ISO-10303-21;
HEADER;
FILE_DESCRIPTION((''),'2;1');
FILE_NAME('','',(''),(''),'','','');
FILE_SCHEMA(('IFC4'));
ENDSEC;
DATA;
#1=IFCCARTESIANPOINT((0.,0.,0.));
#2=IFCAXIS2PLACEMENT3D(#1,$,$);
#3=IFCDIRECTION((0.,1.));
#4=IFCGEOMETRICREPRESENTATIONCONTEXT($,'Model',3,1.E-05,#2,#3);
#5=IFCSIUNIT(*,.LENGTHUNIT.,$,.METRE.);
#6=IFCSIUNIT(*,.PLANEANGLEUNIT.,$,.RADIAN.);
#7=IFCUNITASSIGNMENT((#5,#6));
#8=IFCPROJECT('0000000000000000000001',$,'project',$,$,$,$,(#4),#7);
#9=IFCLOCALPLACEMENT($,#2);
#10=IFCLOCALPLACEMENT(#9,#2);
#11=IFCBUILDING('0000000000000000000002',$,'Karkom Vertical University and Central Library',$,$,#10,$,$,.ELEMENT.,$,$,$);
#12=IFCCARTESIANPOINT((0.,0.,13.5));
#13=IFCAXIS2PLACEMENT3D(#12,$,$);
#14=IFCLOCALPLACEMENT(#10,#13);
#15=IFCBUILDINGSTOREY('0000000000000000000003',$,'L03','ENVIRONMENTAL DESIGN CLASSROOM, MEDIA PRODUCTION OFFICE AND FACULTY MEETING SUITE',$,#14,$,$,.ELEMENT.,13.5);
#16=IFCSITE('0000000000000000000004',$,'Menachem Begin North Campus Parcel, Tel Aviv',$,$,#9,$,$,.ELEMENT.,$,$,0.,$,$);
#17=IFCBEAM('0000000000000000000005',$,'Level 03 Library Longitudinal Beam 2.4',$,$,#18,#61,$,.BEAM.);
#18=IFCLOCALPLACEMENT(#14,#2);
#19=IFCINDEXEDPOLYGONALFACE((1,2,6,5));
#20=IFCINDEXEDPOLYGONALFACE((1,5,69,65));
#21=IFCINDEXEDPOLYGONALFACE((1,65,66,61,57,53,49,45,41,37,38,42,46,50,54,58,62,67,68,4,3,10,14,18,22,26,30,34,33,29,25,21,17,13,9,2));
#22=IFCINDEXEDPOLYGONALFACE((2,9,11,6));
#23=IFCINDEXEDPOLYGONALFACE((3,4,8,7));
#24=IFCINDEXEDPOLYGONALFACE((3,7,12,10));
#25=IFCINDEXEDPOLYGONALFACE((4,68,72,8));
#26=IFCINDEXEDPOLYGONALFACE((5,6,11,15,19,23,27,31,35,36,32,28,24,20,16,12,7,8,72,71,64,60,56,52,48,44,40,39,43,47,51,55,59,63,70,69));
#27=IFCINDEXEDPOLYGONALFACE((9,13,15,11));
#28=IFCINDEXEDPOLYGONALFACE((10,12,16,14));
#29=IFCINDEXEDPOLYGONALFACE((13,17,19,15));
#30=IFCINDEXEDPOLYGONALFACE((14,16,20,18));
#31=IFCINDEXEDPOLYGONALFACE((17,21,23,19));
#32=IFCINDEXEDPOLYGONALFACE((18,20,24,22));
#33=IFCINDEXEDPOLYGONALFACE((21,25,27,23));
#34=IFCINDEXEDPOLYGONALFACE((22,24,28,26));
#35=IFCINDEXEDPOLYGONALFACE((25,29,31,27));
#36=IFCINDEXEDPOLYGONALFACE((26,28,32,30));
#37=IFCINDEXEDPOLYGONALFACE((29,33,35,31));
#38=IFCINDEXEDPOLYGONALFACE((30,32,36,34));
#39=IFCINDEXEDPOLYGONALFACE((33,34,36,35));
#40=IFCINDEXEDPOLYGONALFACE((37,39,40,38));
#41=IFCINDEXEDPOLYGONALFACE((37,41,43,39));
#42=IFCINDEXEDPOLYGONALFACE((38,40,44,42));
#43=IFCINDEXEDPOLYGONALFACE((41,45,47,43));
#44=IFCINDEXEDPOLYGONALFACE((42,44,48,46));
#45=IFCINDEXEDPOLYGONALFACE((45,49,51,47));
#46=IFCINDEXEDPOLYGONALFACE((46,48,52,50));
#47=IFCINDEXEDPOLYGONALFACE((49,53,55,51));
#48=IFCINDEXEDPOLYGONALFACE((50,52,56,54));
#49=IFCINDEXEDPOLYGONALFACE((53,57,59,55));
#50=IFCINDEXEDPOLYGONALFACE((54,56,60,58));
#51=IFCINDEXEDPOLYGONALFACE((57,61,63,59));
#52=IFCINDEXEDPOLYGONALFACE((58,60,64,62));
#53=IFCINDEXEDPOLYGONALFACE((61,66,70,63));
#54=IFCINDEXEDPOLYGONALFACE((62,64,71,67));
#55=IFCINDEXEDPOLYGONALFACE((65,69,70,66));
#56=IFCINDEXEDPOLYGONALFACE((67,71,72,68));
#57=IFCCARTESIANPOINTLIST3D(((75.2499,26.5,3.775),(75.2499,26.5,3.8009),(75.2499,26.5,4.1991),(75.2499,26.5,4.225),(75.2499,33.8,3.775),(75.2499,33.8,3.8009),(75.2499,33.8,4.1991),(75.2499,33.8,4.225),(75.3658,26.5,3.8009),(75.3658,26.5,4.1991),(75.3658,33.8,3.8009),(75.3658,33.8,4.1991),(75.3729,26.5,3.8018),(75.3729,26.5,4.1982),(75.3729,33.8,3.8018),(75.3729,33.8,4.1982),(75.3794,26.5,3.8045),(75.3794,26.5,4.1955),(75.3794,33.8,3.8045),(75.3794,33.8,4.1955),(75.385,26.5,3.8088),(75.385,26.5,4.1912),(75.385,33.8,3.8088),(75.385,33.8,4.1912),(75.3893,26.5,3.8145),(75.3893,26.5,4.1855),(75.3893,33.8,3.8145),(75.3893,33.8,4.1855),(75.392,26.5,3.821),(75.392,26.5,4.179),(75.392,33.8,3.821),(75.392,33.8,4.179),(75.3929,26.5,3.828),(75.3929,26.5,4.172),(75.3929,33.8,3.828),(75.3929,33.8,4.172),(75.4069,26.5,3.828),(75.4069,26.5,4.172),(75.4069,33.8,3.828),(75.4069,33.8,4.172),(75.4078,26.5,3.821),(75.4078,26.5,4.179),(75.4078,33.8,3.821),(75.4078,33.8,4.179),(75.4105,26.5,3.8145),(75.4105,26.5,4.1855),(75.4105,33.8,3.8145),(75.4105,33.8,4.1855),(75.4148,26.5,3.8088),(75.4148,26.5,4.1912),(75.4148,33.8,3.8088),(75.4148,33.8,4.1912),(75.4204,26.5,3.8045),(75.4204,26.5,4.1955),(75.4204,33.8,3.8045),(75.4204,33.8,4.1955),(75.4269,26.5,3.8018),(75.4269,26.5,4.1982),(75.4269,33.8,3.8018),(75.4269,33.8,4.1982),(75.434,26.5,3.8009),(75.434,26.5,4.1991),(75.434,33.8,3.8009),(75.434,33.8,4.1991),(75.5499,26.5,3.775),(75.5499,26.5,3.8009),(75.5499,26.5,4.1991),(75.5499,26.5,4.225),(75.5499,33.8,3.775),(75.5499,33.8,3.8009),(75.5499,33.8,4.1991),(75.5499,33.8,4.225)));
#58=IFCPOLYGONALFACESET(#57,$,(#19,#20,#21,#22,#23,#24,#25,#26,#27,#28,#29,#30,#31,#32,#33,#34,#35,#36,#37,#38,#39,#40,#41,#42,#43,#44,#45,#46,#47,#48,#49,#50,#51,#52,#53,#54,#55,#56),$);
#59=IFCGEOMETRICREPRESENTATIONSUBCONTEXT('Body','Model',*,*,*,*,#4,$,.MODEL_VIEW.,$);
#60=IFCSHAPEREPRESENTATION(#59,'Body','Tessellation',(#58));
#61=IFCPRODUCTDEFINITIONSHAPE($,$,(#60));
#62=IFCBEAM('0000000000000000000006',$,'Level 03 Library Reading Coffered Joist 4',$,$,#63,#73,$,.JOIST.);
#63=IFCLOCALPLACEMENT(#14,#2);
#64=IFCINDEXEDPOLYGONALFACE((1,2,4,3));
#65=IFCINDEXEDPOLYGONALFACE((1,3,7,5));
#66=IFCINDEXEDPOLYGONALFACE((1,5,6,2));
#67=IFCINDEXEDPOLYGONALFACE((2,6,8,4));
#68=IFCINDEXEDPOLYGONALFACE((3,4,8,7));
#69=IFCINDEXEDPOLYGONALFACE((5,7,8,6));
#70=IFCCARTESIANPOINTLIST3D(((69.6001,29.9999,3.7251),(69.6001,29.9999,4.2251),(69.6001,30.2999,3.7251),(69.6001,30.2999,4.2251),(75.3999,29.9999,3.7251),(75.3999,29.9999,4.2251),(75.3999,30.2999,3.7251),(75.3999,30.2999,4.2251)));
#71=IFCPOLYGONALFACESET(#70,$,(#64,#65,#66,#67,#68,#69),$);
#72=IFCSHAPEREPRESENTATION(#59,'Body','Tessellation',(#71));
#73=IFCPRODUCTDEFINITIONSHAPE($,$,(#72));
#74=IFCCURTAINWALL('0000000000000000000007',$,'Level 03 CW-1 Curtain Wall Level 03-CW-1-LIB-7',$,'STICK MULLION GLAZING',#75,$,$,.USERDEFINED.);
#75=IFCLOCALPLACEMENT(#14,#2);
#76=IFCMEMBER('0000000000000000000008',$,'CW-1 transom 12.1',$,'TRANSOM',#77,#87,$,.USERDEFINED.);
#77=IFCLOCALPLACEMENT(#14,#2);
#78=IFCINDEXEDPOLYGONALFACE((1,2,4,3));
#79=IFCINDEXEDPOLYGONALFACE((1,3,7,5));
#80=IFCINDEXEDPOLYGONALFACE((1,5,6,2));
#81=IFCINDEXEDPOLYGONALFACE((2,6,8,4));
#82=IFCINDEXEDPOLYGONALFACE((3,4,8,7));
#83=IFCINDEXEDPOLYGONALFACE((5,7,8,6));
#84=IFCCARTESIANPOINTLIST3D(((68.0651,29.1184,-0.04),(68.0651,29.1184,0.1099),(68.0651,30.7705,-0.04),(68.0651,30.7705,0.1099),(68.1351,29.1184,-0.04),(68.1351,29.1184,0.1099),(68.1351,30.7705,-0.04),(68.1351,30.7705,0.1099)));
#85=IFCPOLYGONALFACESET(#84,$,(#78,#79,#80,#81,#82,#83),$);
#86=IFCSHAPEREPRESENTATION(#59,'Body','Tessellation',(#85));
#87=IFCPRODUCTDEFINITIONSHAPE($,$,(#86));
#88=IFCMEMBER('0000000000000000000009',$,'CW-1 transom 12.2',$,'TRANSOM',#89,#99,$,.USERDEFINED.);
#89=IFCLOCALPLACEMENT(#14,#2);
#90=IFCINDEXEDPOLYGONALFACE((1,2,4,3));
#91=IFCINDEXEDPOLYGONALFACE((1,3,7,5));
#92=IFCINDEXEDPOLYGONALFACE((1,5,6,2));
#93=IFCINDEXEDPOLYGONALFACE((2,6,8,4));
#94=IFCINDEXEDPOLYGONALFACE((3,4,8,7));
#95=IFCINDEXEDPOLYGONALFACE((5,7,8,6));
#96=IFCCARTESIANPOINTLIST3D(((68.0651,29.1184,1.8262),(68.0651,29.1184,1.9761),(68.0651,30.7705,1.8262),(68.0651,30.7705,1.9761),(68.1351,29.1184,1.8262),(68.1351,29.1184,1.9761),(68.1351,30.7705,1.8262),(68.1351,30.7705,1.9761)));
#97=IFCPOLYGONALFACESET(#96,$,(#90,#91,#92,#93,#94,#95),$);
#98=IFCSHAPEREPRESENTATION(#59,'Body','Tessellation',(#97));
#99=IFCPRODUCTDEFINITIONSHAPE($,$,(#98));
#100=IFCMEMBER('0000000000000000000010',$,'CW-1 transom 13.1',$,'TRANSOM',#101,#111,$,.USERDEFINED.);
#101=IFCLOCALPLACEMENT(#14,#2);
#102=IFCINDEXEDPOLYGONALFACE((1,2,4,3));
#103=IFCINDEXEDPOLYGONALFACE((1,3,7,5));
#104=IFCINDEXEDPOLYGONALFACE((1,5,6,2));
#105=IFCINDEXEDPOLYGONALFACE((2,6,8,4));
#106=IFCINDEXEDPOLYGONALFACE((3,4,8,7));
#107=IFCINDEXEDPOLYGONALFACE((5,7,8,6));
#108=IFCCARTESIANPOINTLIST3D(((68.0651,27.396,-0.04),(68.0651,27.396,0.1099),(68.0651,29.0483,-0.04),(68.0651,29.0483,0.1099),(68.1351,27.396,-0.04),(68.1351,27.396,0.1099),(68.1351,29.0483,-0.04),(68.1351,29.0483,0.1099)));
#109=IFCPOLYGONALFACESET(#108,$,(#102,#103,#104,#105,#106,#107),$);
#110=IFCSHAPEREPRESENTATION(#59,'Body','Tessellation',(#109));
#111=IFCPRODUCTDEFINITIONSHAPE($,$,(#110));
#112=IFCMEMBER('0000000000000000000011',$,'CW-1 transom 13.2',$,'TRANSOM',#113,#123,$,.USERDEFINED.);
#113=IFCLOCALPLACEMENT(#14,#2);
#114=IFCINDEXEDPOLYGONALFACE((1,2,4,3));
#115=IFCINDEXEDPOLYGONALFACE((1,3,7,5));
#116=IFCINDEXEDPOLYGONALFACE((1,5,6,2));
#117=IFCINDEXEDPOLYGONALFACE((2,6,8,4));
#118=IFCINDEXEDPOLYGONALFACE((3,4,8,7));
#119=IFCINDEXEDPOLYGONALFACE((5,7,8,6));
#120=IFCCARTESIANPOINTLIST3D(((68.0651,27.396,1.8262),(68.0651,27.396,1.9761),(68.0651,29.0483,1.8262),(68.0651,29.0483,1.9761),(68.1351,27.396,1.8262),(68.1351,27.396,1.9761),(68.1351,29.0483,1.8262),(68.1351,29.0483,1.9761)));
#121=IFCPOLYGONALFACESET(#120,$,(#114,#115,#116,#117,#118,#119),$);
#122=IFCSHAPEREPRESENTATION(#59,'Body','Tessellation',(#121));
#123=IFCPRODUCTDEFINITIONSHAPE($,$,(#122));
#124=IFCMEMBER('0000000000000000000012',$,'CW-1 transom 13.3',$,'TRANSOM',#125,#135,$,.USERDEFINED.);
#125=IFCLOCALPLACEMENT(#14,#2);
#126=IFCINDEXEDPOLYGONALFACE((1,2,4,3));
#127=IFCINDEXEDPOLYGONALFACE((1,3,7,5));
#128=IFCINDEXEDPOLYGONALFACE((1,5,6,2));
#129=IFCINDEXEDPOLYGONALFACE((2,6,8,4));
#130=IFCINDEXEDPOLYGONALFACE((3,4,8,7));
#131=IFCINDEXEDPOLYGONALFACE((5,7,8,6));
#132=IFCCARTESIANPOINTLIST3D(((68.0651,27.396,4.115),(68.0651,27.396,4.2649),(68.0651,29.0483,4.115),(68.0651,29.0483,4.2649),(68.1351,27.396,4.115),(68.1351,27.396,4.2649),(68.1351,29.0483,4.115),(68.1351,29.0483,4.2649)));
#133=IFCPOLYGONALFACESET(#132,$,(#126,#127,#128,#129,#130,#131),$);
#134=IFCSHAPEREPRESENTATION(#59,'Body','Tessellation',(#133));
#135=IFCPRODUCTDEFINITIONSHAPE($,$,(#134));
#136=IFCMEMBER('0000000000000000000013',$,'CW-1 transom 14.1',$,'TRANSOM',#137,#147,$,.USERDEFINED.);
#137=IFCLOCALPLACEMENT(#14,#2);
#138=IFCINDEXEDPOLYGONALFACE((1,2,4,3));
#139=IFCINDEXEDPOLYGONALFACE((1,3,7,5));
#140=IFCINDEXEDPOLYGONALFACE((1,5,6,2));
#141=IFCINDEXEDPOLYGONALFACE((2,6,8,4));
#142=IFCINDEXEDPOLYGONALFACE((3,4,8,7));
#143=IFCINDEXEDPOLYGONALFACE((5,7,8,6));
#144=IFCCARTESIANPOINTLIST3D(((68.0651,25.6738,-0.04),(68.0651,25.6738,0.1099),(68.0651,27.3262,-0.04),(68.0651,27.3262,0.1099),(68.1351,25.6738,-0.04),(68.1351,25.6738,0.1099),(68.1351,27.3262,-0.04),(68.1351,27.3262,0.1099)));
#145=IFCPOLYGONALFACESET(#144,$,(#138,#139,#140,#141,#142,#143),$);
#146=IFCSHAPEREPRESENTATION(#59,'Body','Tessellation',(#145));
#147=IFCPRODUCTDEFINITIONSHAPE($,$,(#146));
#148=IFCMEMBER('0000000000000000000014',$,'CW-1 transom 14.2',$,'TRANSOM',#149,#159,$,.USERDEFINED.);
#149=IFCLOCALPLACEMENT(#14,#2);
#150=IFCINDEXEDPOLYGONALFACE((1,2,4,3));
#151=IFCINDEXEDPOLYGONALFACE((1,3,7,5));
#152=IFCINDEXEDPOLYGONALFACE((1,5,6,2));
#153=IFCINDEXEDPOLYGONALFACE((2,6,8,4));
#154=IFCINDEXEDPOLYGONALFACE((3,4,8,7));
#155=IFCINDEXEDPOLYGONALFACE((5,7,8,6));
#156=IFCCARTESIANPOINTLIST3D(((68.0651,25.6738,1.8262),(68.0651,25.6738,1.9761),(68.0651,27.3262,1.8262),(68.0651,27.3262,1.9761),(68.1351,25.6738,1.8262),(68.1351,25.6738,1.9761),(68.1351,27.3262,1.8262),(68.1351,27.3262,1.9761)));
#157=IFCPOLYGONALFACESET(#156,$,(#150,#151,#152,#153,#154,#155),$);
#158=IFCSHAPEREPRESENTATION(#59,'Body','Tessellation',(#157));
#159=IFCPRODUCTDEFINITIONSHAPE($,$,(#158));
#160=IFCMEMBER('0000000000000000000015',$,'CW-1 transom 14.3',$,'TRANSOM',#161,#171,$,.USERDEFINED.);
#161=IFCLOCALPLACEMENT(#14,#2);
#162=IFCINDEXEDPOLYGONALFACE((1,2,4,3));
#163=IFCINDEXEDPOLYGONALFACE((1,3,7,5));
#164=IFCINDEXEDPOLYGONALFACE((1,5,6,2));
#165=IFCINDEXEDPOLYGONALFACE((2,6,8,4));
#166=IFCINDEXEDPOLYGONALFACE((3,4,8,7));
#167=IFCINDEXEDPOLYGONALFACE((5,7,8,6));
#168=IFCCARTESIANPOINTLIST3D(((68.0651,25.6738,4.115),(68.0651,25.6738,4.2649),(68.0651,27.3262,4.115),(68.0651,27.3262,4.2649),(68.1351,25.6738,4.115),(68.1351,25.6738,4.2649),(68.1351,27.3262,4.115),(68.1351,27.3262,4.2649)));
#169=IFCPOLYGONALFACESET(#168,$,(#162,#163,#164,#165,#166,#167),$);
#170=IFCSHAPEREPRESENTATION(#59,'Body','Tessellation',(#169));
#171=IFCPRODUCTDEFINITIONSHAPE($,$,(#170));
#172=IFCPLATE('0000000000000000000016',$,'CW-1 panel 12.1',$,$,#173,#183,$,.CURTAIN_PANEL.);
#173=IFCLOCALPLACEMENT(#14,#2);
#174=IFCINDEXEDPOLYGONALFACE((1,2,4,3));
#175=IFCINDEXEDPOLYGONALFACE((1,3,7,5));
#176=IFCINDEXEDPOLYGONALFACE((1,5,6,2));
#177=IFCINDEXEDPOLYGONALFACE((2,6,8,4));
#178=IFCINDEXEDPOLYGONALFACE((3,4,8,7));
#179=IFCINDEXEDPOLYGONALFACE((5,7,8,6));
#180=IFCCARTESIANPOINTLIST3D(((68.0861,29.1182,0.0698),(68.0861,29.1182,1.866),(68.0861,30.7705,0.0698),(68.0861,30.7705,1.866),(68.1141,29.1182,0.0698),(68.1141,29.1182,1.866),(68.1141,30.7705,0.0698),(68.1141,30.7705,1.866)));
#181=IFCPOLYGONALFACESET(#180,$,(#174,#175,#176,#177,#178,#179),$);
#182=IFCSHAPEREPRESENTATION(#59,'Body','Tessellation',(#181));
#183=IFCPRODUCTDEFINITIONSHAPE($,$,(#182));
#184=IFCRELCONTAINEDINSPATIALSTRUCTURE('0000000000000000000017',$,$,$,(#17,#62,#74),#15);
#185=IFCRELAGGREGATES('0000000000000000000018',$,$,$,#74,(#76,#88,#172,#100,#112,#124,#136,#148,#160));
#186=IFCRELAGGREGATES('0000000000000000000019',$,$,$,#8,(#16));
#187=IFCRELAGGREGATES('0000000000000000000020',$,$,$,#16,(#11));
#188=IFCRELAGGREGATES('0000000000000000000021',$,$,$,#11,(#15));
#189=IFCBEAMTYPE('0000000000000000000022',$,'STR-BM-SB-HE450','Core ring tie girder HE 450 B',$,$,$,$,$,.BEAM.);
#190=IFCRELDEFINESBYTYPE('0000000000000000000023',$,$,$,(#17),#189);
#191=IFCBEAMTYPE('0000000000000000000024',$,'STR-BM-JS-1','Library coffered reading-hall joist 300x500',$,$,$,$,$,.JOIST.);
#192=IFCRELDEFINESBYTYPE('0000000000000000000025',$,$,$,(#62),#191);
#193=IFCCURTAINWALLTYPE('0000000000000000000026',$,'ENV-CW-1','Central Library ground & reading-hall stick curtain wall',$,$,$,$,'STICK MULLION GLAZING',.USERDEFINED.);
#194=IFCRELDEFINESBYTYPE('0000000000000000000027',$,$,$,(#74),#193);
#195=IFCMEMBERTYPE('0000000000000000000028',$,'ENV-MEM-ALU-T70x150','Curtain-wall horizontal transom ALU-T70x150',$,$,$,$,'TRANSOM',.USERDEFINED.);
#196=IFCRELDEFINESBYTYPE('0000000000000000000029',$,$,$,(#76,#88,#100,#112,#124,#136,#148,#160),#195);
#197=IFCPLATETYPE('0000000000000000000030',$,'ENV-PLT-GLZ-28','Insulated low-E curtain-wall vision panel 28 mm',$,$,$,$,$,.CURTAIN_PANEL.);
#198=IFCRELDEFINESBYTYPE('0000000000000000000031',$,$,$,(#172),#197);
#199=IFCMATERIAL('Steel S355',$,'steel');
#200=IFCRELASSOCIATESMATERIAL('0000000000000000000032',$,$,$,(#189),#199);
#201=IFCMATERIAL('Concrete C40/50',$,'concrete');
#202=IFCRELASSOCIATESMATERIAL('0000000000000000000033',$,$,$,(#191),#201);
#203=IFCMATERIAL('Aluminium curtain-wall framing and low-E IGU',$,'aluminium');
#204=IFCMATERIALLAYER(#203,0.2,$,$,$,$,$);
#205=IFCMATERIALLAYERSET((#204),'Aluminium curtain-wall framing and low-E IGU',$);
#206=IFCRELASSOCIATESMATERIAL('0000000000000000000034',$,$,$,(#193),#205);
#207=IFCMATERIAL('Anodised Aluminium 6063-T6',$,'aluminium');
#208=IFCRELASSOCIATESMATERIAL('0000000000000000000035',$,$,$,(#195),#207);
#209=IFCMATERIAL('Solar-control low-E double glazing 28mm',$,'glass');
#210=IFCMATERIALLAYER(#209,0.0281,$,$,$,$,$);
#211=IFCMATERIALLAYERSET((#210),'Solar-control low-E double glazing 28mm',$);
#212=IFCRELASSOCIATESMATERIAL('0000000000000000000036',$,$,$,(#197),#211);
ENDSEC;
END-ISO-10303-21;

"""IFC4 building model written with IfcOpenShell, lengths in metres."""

from ifc_helpers import new_model, si_unit, direction, frame, origin, origin_with_axes, origin_2d, place, context, subcontext, project, spatial, rectangle, i_section, extrude, source, transform, mapped, material, layer, layer_set, material_profile, profile_set, type_object, element, aggregate, save


model = new_model("IFC4")

# Units and contexts
model_context = context("Model", 3, precision=1e-05, world=origin(), true_north=direction((0.0, 1.0)))
body_context = subcontext(model_context, "Body", "Model", "MODEL_VIEW")
ifc_project = project(units=[si_unit("LENGTHUNIT", "METRE"), si_unit("PLANEANGLEUNIT", "RADIAN")], contexts=[model_context])

# Site, building, storey
site_placement = place(None, origin())
site = spatial("IfcSite", under=ifc_project, at=site_placement, Name="Menachem Begin North Campus Parcel, Tel Aviv", CompositionType="ELEMENT", RefElevation=0.0)
building_placement = place(site_placement, origin())
building = spatial("IfcBuilding", under=site, at=building_placement, Name="Karkom Vertical University and Central Library", CompositionType="ELEMENT")
storey_placement = place(building_placement, frame((0.0, 0.0, 13.5)))
storey = spatial("IfcBuildingStorey", under=building, at=storey_placement, Name="L03", Description="ENVIRONMENTAL DESIGN CLASSROOM, MEDIA PRODUCTION OFFICE AND FACULTY MEETING SUITE", CompositionType="ELEMENT", Elevation=13.5)

# Shared definitions
ifc_material_1 = material(Name="Concrete C40/50", Category="concrete")

# Beams
ifc_material_2 = material(Name="Steel S355", Category="steel")
ifc_material_profile_1 = material_profile(ifc_material_2, i_section(OverallWidth=0.3, OverallDepth=0.45, WebThickness=0.0139, FlangeThickness=0.0259, FilletRadius=0.0271, at=origin_2d()), Name="HE 450 B")
ifc_profile_set_1 = profile_set([ifc_material_profile_1], Name="Steel S355")
beam_type_1 = type_object("IfcBeamType", Name="STR-BM-SB-HE450", Description="Core ring tie girder HE 450 B", PredefinedType="BEAM", material=ifc_profile_set_1)
shared_shape_1 = source(origin_with_axes(), body_context, "Body", "SweptSolid", [
    extrude(i_section(OverallWidth=0.3, OverallDepth=0.45, WebThickness=0.0139, FlangeThickness=0.0259, FilletRadius=0.0271, at=origin_2d()), origin(), (0.0, 0.0, 1.0), 7.3),
])
for number, where, z_axis, x_axis, name in (
    (1, (75.3999, 26.5, 4.0), (0.0, 1.0, 0.0), (-1.0, 0.0, 0.0), "Level 03 Library Longitudinal Beam 2.4"),
):
    element("IfcBeam", number, at=place(storey_placement, frame(where, z_axis=z_axis, x_axis=x_axis)), inside=storey, type_object=beam_type_1, Name=name, PredefinedType="BEAM", context=body_context, shape_type="MappedRepresentation", body=[
        mapped(shared_shape_1, transform((0.0, 0.0, 0.0), scale=1.0)),
    ])
ifc_material_profile_2 = material_profile(ifc_material_1, rectangle(XDim=0.3, YDim=0.5, at=origin_2d()), Name="RCJ-300x500")
ifc_profile_set_2 = profile_set([ifc_material_profile_2], Name="Concrete C40/50")
beam_type_2 = type_object("IfcBeamType", Name="STR-BM-JS-1", Description="Library coffered reading-hall joist 300x500", PredefinedType="JOIST", material=ifc_profile_set_2)
shared_shape_2 = source(origin_with_axes(), body_context, "Body", "SweptSolid", [
    extrude(rectangle(XDim=0.3, YDim=0.5, at=origin_2d()), origin(), (0.0, 0.0, 1.0), 5.7998),
])
beam_1_placement = place(storey_placement, frame((69.6001, 30.1499, 3.9751), z_axis=(1.0, 0.0, 0.0), x_axis=(0.0, 1.0, 0.0)))
element("IfcBeam", 2, at=beam_1_placement, inside=storey, type_object=beam_type_2, Name="Level 03 Library Reading Coffered Joist 4", PredefinedType="JOIST", context=body_context, shape_type="MappedRepresentation", body=[
    mapped(shared_shape_2, transform((0.0, 0.0, 0.0), scale=1.0)),
])

# Curtain wall, members, plate
ifc_material_3 = material(Name="Aluminium curtain-wall framing and low-E IGU", Category="aluminium")
ifc_layer_1 = layer(ifc_material_3, 0.2)
ifc_layer_set_1 = layer_set([ifc_layer_1], Name="Aluminium curtain-wall framing and low-E IGU")
curtain_wall_type = type_object("IfcCurtainWallType", Name="ENV-CW-1", Description="Central Library ground & reading-hall stick curtain wall", ElementType="STICK MULLION GLAZING", PredefinedType="USERDEFINED", material=ifc_layer_set_1)
curtain_wall_placement = place(storey_placement, origin())
curtain_wall = element("IfcCurtainWall", 3, at=curtain_wall_placement, inside=storey, type_object=curtain_wall_type, Name="Level 03 CW-1 Curtain Wall Level 03-CW-1-LIB-7", ObjectType="STICK MULLION GLAZING", PredefinedType="USERDEFINED")
ifc_material_4 = material(Name="Anodised Aluminium 6063-T6", Category="aluminium")
ifc_material_profile_3 = material_profile(ifc_material_4, rectangle(XDim=0.0701, YDim=0.1499, at=origin_2d()), Name="ALU-T70x150")
ifc_profile_set_3 = profile_set([ifc_material_profile_3], Name="Anodised Aluminium 6063-T6")
member_type = type_object("IfcMemberType", Name="ENV-MEM-ALU-T70x150", Description="Curtain-wall horizontal transom ALU-T70x150", ElementType="TRANSOM", PredefinedType="USERDEFINED", material=ifc_profile_set_3)
shared_shape_3 = source(origin_with_axes(), body_context, "Body", "SweptSolid", [
    extrude(rectangle(XDim=0.0701, YDim=0.1499, at=origin_2d()), origin(), (0.0, 0.0, 1.0), 1.6521),
])
member_1_placement = place(storey_placement, frame((68.1001, 30.7705, 0.0349), z_axis=(0.0, -1.0, 0.0), x_axis=(1.0, 0.0, 0.0)))
member_1 = element("IfcMember", 4, at=member_1_placement, type_object=member_type, Name="CW-1 transom 12.1", ObjectType="TRANSOM", PredefinedType="USERDEFINED", context=body_context, shape_type="MappedRepresentation", body=[
    mapped(shared_shape_3, transform((0.0, 0.0, 0.0), scale=1.0)),
])
member_2_placement = place(storey_placement, frame((68.1001, 30.7705, 1.9011), z_axis=(0.0, -1.0, 0.0), x_axis=(1.0, 0.0, 0.0)))
member_2 = element("IfcMember", 5, at=member_2_placement, type_object=member_type, Name="CW-1 transom 12.2", ObjectType="TRANSOM", PredefinedType="USERDEFINED", context=body_context, shape_type="MappedRepresentation", body=[
    mapped(shared_shape_3, transform((0.0, 0.0, 0.0), scale=1.0)),
])
shared_shape_4 = source(origin_with_axes(), body_context, "Body", "SweptSolid", [
    extrude(rectangle(XDim=0.0701, YDim=0.1499, at=origin_2d()), origin(), (0.0, 0.0, 1.0), 1.6523),
])
member_3_placement = place(storey_placement, frame((68.1001, 29.0483, 0.0349), z_axis=(0.0, -1.0, 0.0), x_axis=(1.0, 0.0, 0.0)))
member_3 = element("IfcMember", 6, at=member_3_placement, type_object=member_type, Name="CW-1 transom 13.1", ObjectType="TRANSOM", PredefinedType="USERDEFINED", context=body_context, shape_type="MappedRepresentation", body=[
    mapped(shared_shape_4, transform((0.0, 0.0, 0.0), scale=1.0)),
])
member_4_placement = place(storey_placement, frame((68.1001, 29.0483, 1.9011), z_axis=(0.0, -1.0, 0.0), x_axis=(1.0, 0.0, 0.0)))
member_4 = element("IfcMember", 7, at=member_4_placement, type_object=member_type, Name="CW-1 transom 13.2", ObjectType="TRANSOM", PredefinedType="USERDEFINED", context=body_context, shape_type="MappedRepresentation", body=[
    mapped(shared_shape_4, transform((0.0, 0.0, 0.0), scale=1.0)),
])
member_5_placement = place(storey_placement, frame((68.1001, 29.0483, 4.1899), z_axis=(0.0, -1.0, 0.0), x_axis=(1.0, 0.0, 0.0)))
member_5 = element("IfcMember", 8, at=member_5_placement, type_object=member_type, Name="CW-1 transom 13.3", ObjectType="TRANSOM", PredefinedType="USERDEFINED", context=body_context, shape_type="MappedRepresentation", body=[
    mapped(shared_shape_4, transform((0.0, 0.0, 0.0), scale=1.0)),
])
member_6_placement = place(storey_placement, frame((68.1001, 27.3262, 0.0349), z_axis=(0.0, -1.0, 0.0), x_axis=(1.0, 0.0, 0.0)))
member_6 = element("IfcMember", 9, at=member_6_placement, type_object=member_type, Name="CW-1 transom 14.1", ObjectType="TRANSOM", PredefinedType="USERDEFINED", context=body_context, shape_type="MappedRepresentation", body=[
    mapped(shared_shape_4, transform((0.0, 0.0, 0.0), scale=1.0)),
])
member_7_placement = place(storey_placement, frame((68.1001, 27.3262, 1.9011), z_axis=(0.0, -1.0, 0.0), x_axis=(1.0, 0.0, 0.0)))
member_7 = element("IfcMember", 10, at=member_7_placement, type_object=member_type, Name="CW-1 transom 14.2", ObjectType="TRANSOM", PredefinedType="USERDEFINED", context=body_context, shape_type="MappedRepresentation", body=[
    mapped(shared_shape_4, transform((0.0, 0.0, 0.0), scale=1.0)),
])
member_8_placement = place(storey_placement, frame((68.1001, 27.3262, 4.1899), z_axis=(0.0, -1.0, 0.0), x_axis=(1.0, 0.0, 0.0)))
member_8 = element("IfcMember", 11, at=member_8_placement, type_object=member_type, Name="CW-1 transom 14.3", ObjectType="TRANSOM", PredefinedType="USERDEFINED", context=body_context, shape_type="MappedRepresentation", body=[
    mapped(shared_shape_4, transform((0.0, 0.0, 0.0), scale=1.0)),
])
ifc_material_5 = material(Name="Solar-control low-E double glazing 28mm", Category="glass")
ifc_layer_2 = layer(ifc_material_5, 0.0281)
ifc_layer_set_2 = layer_set([ifc_layer_2], Name="Solar-control low-E double glazing 28mm")
plate_type = type_object("IfcPlateType", Name="ENV-PLT-GLZ-28", Description="Insulated low-E curtain-wall vision panel 28 mm", PredefinedType="CURTAIN_PANEL", material=ifc_layer_set_2)
shared_shape_5 = source(origin_with_axes(), body_context, "Body", "SweptSolid", [
    extrude(rectangle(XDim=1.6523, YDim=0.0281, at=origin_2d()), origin(), (0.0, 0.0, 1.0), 1.7961),
])
plate_1_placement = place(storey_placement, frame((68.1001, 29.9443, 0.0698), z_axis=(0.0, 0.0, 1.0), x_axis=(0.0, -1.0, 0.0)))
plate_1 = element("IfcPlate", 12, at=plate_1_placement, type_object=plate_type, Name="CW-1 panel 12.1", PredefinedType="CURTAIN_PANEL", context=body_context, shape_type="MappedRepresentation", body=[
    mapped(shared_shape_5, transform((0.0, 0.0, 0.0), scale=1.0)),
])
aggregate(curtain_wall, [member_1, member_2, plate_1, member_3, member_4, member_5, member_6, member_7, member_8])

save(model, "model.ifc")
